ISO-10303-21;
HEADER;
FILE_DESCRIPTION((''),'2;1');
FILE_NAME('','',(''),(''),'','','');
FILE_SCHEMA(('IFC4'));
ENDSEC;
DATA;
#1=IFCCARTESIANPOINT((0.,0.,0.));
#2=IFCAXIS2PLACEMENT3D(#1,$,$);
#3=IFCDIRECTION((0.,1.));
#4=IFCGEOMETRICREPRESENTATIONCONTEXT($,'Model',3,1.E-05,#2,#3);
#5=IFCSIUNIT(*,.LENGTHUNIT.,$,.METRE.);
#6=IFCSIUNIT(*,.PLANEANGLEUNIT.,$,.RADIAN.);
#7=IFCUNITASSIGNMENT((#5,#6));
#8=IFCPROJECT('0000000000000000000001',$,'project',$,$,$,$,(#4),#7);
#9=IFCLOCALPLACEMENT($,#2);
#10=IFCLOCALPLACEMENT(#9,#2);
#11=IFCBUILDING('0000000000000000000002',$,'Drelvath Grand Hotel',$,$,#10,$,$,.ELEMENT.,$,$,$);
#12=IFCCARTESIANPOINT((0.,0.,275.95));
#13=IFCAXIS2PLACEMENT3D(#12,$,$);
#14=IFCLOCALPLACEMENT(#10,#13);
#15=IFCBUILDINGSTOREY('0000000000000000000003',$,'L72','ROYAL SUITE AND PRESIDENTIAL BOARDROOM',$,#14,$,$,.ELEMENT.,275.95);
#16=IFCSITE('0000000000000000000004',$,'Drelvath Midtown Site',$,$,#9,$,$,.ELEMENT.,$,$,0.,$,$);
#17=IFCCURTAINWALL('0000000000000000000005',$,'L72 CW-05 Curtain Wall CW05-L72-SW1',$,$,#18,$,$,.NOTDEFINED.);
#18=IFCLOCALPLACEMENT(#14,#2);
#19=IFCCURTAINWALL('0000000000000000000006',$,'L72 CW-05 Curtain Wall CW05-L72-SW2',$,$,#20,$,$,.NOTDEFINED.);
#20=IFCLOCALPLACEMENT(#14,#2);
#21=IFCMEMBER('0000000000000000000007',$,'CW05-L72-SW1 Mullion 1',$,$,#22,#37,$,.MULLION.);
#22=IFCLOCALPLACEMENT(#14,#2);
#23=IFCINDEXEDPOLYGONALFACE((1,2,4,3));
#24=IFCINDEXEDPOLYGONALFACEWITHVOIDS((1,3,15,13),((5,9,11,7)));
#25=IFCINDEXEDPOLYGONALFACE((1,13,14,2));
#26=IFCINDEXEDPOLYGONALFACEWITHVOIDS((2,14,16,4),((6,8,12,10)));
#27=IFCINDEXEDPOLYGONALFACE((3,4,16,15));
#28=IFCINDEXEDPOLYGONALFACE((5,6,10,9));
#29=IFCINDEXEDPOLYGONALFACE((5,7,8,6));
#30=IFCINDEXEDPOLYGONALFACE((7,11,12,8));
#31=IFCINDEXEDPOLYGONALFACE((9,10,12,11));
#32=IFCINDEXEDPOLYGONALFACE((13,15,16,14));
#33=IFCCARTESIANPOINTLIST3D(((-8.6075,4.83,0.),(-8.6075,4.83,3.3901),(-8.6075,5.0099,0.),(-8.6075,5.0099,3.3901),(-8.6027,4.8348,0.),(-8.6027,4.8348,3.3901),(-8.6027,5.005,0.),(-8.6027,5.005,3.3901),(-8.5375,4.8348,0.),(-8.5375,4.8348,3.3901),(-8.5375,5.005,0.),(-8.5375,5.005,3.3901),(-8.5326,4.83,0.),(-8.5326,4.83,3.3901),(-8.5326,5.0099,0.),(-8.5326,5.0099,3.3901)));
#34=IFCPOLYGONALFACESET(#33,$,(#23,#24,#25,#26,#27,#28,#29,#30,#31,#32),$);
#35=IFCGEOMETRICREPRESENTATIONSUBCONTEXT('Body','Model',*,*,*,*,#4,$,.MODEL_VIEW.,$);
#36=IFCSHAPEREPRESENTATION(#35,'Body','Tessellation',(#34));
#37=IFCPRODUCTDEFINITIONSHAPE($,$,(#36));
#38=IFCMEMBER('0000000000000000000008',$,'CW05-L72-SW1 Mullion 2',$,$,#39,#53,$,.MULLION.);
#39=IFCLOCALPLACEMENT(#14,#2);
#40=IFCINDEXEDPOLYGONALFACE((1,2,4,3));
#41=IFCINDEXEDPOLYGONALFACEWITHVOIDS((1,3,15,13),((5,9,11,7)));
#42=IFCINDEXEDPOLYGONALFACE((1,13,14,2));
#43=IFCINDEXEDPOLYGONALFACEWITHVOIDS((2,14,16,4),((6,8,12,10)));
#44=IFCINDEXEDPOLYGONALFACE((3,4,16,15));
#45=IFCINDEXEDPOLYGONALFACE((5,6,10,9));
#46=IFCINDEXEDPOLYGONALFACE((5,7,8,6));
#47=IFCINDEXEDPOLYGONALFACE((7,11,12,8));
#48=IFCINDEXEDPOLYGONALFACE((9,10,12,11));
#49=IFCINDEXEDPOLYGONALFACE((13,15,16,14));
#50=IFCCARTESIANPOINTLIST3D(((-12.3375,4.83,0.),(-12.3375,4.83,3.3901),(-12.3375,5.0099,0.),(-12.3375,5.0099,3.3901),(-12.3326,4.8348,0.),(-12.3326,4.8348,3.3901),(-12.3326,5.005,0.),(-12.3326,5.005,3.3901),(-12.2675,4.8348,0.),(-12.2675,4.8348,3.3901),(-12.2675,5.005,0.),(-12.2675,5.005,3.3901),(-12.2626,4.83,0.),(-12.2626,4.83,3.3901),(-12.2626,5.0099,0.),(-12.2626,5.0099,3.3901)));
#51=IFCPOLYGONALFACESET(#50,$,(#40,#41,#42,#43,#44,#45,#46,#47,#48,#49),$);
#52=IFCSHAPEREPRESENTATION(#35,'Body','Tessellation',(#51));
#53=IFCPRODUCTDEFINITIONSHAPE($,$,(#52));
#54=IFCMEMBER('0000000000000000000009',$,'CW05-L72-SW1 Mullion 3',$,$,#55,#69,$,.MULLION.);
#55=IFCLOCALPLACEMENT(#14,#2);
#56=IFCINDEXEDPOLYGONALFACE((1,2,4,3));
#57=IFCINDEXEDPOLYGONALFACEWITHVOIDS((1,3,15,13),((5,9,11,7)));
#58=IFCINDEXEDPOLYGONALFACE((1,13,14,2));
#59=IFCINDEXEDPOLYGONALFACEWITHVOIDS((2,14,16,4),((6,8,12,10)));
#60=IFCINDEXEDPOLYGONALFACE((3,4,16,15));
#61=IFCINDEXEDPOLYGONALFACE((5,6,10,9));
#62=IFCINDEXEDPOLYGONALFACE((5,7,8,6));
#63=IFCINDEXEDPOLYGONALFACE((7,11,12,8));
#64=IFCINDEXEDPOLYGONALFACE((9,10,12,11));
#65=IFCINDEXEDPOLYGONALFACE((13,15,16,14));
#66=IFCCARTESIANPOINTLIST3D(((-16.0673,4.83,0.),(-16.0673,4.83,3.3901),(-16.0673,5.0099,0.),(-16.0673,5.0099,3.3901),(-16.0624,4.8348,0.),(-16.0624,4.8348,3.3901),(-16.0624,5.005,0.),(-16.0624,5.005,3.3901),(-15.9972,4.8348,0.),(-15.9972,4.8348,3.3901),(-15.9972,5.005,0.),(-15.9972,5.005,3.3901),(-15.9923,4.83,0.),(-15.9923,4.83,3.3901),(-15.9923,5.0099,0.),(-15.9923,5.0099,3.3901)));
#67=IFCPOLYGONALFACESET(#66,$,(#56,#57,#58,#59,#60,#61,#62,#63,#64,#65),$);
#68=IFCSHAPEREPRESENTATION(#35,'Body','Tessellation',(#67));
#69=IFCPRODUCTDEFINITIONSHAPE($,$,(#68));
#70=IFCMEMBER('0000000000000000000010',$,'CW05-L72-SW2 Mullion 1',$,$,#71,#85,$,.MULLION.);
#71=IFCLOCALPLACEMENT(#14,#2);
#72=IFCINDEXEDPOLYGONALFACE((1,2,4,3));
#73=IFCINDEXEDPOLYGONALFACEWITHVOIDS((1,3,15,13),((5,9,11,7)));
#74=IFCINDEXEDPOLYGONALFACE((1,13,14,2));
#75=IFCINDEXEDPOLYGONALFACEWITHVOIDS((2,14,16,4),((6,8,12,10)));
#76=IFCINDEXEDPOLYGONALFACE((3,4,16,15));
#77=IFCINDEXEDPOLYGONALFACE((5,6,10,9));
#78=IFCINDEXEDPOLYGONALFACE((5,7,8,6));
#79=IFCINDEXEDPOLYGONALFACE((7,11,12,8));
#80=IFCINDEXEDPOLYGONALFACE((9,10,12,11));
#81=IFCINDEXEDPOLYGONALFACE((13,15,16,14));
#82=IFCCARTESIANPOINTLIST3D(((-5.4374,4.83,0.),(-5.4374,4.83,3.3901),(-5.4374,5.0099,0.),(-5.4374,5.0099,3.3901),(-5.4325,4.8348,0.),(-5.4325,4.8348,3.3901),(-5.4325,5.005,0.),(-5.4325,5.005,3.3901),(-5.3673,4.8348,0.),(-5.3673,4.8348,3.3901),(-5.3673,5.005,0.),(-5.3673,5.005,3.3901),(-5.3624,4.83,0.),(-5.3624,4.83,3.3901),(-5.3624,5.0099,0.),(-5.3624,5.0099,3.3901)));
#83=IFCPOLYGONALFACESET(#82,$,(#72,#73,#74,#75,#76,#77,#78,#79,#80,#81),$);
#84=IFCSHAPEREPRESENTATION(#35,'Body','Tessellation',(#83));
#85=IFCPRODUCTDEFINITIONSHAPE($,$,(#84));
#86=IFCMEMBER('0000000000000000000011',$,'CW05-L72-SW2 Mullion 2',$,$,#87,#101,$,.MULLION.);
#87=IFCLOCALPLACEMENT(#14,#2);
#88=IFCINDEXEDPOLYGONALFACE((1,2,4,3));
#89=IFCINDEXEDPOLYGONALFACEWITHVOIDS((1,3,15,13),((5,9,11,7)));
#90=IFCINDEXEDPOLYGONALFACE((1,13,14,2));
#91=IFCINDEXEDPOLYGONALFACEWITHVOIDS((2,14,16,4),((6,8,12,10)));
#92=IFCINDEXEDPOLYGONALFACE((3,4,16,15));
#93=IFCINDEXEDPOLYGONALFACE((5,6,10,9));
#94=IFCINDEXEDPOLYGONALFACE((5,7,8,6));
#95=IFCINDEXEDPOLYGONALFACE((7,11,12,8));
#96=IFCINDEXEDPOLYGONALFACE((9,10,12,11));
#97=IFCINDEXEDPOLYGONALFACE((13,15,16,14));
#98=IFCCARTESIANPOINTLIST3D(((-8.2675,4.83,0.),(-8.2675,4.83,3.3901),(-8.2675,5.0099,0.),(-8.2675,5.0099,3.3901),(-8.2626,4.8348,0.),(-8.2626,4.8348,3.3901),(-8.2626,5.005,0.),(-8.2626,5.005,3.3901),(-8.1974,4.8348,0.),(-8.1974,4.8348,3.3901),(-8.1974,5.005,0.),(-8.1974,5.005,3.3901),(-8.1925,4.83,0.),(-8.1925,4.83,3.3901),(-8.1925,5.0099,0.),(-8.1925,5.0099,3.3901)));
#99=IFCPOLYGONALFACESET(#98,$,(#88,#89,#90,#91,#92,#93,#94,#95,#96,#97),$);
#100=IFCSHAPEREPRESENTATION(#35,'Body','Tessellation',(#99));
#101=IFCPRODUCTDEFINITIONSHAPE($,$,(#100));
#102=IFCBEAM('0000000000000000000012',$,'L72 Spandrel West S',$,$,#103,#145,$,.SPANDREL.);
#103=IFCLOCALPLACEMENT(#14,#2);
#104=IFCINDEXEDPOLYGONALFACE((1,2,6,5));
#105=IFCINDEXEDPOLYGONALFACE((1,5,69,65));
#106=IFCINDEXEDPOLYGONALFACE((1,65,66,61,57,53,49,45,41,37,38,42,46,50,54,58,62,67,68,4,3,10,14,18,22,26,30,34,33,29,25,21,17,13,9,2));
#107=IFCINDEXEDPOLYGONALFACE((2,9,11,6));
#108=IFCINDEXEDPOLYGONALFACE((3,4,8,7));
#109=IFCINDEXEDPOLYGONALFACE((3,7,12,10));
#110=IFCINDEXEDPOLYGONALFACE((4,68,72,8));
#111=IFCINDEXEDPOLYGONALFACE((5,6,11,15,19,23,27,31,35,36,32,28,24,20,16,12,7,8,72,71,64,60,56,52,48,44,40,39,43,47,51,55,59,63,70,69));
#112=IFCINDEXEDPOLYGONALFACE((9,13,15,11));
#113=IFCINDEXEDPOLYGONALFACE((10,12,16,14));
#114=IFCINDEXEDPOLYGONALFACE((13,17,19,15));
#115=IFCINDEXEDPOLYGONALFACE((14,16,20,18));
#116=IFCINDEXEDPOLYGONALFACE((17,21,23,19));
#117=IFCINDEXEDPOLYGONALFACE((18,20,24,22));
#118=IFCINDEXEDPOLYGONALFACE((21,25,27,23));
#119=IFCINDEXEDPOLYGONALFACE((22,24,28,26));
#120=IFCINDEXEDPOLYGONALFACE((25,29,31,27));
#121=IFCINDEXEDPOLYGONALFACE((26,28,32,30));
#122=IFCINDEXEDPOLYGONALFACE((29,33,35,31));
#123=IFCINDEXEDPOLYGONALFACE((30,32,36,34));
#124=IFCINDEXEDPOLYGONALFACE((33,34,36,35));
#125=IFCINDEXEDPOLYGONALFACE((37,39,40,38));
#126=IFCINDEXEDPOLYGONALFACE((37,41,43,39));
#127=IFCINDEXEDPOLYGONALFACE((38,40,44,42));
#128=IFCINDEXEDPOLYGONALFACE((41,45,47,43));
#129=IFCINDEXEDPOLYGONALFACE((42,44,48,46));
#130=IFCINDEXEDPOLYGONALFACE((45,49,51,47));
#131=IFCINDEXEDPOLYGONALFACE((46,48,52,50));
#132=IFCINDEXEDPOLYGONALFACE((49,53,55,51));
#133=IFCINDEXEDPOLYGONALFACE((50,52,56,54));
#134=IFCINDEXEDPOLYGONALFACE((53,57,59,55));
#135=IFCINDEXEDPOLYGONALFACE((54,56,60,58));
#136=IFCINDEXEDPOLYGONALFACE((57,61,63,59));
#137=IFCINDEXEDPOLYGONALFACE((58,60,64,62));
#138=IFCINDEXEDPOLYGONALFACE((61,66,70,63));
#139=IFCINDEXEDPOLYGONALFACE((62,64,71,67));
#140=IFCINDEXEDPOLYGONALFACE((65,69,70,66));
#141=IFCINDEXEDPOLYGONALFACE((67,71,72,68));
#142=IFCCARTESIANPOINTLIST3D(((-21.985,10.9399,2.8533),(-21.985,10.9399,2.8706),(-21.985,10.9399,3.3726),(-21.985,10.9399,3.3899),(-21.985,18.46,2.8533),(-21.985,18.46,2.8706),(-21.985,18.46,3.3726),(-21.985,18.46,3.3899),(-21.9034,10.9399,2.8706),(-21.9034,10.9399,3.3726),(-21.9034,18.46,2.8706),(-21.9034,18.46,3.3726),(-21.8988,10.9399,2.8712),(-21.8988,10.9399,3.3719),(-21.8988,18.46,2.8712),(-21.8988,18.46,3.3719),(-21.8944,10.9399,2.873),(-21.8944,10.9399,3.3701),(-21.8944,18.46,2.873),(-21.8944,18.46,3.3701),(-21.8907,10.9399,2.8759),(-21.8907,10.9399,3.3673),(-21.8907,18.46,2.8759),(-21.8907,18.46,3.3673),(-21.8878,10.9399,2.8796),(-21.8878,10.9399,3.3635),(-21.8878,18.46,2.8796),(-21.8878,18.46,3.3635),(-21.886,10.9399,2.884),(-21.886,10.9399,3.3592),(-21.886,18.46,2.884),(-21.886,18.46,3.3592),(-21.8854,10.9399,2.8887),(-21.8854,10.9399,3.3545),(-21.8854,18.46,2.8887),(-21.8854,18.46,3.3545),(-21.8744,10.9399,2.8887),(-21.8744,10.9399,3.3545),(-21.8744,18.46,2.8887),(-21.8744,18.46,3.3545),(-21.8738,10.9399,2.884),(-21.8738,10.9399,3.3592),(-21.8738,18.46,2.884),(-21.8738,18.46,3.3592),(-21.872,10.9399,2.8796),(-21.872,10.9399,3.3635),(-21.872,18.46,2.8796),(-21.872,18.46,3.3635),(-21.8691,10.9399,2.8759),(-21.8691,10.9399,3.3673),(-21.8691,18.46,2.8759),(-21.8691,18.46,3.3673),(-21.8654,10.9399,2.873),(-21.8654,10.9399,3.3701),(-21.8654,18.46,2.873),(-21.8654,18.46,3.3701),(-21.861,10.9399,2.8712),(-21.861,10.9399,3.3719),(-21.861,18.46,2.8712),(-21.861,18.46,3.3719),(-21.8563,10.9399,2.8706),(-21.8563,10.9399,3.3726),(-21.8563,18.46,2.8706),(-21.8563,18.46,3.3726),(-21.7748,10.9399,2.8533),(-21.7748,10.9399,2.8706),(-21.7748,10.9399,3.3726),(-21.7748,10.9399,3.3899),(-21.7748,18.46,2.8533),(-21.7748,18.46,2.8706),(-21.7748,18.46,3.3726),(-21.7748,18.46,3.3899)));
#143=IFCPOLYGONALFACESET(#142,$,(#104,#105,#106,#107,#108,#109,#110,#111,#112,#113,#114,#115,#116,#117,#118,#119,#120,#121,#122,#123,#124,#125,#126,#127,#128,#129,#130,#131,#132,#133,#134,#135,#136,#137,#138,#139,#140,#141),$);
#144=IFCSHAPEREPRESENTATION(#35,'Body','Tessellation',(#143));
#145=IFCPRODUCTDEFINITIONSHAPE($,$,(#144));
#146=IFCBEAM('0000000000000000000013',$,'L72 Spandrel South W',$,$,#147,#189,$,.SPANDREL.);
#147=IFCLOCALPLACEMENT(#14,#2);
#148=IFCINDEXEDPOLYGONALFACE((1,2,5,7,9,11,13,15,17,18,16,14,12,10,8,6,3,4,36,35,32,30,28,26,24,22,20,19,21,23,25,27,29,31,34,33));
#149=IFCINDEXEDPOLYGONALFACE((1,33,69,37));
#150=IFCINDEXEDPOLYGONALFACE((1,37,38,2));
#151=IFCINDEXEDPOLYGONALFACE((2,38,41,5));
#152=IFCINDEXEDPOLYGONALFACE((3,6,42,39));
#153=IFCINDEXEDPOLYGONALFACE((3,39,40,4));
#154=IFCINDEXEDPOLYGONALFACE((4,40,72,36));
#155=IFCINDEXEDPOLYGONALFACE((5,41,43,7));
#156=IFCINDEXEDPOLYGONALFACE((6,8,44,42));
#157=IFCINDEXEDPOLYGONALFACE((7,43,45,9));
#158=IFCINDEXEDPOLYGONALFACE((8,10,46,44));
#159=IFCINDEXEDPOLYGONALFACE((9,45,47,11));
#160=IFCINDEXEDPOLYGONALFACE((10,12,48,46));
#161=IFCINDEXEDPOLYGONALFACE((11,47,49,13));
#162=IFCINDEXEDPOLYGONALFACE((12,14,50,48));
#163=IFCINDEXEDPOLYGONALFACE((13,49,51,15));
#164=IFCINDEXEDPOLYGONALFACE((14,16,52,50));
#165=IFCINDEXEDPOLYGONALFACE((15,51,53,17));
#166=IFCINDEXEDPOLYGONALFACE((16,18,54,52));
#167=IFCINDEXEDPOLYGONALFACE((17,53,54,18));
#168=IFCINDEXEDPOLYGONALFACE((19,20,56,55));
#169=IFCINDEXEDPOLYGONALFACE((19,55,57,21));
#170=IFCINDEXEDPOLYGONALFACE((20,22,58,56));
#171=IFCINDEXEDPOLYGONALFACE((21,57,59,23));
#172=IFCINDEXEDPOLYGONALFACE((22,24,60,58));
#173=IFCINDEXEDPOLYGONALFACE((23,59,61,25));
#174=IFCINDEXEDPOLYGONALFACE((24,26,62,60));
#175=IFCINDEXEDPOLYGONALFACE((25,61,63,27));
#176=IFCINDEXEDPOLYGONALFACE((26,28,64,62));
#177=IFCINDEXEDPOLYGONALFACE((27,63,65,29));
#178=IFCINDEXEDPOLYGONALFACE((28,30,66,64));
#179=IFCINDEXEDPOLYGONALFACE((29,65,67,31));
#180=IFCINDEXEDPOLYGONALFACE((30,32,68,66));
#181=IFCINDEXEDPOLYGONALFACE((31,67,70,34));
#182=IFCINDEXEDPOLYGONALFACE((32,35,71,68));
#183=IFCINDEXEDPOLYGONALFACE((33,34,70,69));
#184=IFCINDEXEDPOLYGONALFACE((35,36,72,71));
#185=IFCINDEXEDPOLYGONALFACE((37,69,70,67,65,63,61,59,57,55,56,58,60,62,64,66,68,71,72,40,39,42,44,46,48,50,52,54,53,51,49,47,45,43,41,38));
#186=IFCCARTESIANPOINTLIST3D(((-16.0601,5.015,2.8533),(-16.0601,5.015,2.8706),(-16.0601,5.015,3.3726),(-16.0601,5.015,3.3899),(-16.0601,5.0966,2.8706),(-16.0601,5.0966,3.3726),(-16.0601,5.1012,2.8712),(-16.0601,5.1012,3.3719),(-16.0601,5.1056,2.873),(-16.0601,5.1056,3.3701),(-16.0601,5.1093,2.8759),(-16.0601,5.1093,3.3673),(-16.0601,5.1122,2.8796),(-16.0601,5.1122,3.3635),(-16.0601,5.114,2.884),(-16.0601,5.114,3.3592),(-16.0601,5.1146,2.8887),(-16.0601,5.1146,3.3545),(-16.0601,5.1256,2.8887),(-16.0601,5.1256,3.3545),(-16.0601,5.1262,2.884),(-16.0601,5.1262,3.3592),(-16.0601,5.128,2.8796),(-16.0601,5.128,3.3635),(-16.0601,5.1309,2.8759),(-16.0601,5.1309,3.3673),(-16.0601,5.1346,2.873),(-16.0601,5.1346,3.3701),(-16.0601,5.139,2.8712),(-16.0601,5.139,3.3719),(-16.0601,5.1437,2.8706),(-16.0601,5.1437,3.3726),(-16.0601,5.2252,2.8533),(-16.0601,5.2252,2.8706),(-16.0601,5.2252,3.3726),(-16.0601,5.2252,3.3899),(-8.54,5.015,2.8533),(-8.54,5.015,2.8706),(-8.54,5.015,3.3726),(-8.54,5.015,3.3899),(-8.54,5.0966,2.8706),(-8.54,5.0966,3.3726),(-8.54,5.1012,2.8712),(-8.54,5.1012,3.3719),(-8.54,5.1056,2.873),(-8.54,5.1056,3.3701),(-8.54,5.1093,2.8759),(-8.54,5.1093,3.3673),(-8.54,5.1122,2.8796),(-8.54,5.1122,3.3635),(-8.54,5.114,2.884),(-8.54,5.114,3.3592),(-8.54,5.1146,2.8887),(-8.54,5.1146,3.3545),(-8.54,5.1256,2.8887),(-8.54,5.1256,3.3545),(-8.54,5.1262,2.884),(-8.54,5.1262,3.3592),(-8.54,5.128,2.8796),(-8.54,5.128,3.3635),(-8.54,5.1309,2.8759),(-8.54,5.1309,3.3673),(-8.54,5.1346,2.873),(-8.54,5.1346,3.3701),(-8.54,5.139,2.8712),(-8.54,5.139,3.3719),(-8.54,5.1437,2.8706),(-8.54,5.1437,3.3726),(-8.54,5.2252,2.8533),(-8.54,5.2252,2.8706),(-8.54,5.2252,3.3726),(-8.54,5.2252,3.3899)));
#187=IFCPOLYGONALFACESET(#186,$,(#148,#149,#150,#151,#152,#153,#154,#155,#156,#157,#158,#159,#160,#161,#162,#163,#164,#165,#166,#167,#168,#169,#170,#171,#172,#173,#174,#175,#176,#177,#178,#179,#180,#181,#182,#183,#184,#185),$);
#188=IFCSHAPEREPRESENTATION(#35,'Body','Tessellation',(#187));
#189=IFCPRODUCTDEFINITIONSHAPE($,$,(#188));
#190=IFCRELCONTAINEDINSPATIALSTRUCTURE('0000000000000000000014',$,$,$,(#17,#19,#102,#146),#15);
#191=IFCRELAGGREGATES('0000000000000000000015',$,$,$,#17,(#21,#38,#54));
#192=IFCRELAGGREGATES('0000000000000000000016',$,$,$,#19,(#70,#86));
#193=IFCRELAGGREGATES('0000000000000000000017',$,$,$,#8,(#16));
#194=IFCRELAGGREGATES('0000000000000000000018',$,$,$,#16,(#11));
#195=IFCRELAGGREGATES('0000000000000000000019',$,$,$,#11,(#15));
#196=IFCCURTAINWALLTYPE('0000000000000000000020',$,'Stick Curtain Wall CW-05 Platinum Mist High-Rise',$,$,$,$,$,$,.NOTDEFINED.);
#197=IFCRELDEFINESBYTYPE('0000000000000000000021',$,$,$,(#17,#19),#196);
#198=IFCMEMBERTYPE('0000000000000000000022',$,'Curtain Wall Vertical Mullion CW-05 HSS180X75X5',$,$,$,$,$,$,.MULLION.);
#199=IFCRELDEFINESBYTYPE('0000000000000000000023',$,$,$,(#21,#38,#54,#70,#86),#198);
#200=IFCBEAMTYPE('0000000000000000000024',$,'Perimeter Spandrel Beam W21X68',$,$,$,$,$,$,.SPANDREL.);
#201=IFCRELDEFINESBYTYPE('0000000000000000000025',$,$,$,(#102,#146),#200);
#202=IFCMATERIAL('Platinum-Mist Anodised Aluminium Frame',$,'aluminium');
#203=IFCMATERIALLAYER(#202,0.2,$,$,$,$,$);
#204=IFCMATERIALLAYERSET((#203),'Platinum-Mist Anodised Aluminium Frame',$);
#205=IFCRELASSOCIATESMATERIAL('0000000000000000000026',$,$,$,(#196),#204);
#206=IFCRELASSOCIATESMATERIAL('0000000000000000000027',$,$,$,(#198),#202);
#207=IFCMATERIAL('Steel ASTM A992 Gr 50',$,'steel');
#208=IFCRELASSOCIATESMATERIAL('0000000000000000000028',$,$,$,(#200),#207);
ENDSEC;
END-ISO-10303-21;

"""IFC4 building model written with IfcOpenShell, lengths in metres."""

from ifc_helpers import new_model, si_unit, direction, frame, origin, origin_2d, place, context, subcontext, project, spatial, hollow_rectangle, i_section, extrude, material, layer, layer_set, material_profile, profile_set, type_object, element, aggregate, save


model = new_model("IFC4")

# Units and contexts
model_context = context("Model", 3, precision=1e-05, world=origin(), true_north=direction((0.0, 1.0)))
body_context = subcontext(model_context, "Body", "Model", "MODEL_VIEW")
ifc_project = project(units=[si_unit("LENGTHUNIT", "METRE"), si_unit("PLANEANGLEUNIT", "RADIAN")], contexts=[model_context])

# Site, building, storey
site_placement = place(None, origin())
site = spatial("IfcSite", under=ifc_project, at=site_placement, Name="Drelvath Midtown Site", CompositionType="ELEMENT", RefElevation=0.0)
building_placement = place(site_placement, origin())
building = spatial("IfcBuilding", under=site, at=building_placement, Name="Drelvath Grand Hotel", CompositionType="ELEMENT")
storey_placement = place(building_placement, frame((0.0, 0.0, 275.95)))
storey = spatial("IfcBuildingStorey", under=building, at=storey_placement, Name="L72", Description="ROYAL SUITE AND PRESIDENTIAL BOARDROOM", CompositionType="ELEMENT", Elevation=275.95)

# Shared definitions
ifc_material_1 = material(Name="Steel ASTM A992 Gr 50", Category="steel")

# Curtain walls
ifc_material_2 = material(Name="Platinum-Mist Anodised Aluminium Frame", Category="aluminium")
ifc_layer_1 = layer(ifc_material_2, 0.2)
ifc_layer_set_1 = layer_set([ifc_layer_1], Name="Platinum-Mist Anodised Aluminium Frame")
curtain_wall_type = type_object("IfcCurtainWallType", Name="Stick Curtain Wall CW-05 Platinum Mist High-Rise", PredefinedType="NOTDEFINED", material=ifc_layer_set_1)
curtain_wall_1_placement = place(storey_placement, origin())
curtain_wall_1 = element("IfcCurtainWall", 1, at=curtain_wall_1_placement, inside=storey, type_object=curtain_wall_type, Name="L72 CW-05 Curtain Wall CW05-L72-SW1", PredefinedType="NOTDEFINED")
curtain_wall_2_placement = place(storey_placement, origin())
curtain_wall_2 = element("IfcCurtainWall", 2, at=curtain_wall_2_placement, inside=storey, type_object=curtain_wall_type, Name="L72 CW-05 Curtain Wall CW05-L72-SW2", PredefinedType="NOTDEFINED")

# Members
ifc_material_profile_1 = material_profile(ifc_material_2, hollow_rectangle(XDim=0.075, YDim=0.1799, WallThickness=0.0049, at=origin_2d()), Name="HSS180X75X5")
ifc_profile_set_1 = profile_set([ifc_material_profile_1], Name="Platinum-Mist Anodised Aluminium Frame")
member_type_1 = type_object("IfcMemberType", Name="Curtain Wall Vertical Mullion CW-05 HSS180X75X5", PredefinedType="MULLION", material=ifc_profile_set_1)
member_1_placement = place(storey_placement, frame((-8.5701, 4.9199, 0.0), z_axis=(0.0, 0.0, 1.0), x_axis=(1.0, 0.0, 0.0)))
member_1 = element("IfcMember", 3, at=member_1_placement, type_object=member_type_1, Name="CW05-L72-SW1 Mullion 1", PredefinedType="MULLION", context=body_context, shape_type="SweptSolid", body=[
    extrude(hollow_rectangle(XDim=0.075, YDim=0.1799, WallThickness=0.0049, at=origin_2d()), origin(), (0.0, 0.0, 1.0), 3.3901),
])
member_2_placement = place(storey_placement, frame((-12.3, 4.9199, 0.0), z_axis=(0.0, 0.0, 1.0), x_axis=(1.0, 0.0, 0.0)))
member_2 = element("IfcMember", 4, at=member_2_placement, type_object=member_type_1, Name="CW05-L72-SW1 Mullion 2", PredefinedType="MULLION", context=body_context, shape_type="SweptSolid", body=[
    extrude(hollow_rectangle(XDim=0.075, YDim=0.1799, WallThickness=0.0049, at=origin_2d()), origin(), (0.0, 0.0, 1.0), 3.3901),
])
member_3_placement = place(storey_placement, frame((-16.0298, 4.9199, 0.0), z_axis=(0.0, 0.0, 1.0), x_axis=(1.0, 0.0, 0.0)))
member_3 = element("IfcMember", 5, at=member_3_placement, type_object=member_type_1, Name="CW05-L72-SW1 Mullion 3", PredefinedType="MULLION", context=body_context, shape_type="SweptSolid", body=[
    extrude(hollow_rectangle(XDim=0.075, YDim=0.1799, WallThickness=0.0049, at=origin_2d()), origin(), (0.0, 0.0, 1.0), 3.3901),
])
member_4_placement = place(storey_placement, frame((-5.3999, 4.9199, 0.0), z_axis=(0.0, 0.0, 1.0), x_axis=(1.0, 0.0, 0.0)))
member_4 = element("IfcMember", 6, at=member_4_placement, type_object=member_type_1, Name="CW05-L72-SW2 Mullion 1", PredefinedType="MULLION", context=body_context, shape_type="SweptSolid", body=[
    extrude(hollow_rectangle(XDim=0.075, YDim=0.1799, WallThickness=0.0049, at=origin_2d()), origin(), (0.0, 0.0, 1.0), 3.3901),
])
member_5_placement = place(storey_placement, frame((-8.23, 4.9199, 0.0), z_axis=(0.0, 0.0, 1.0), x_axis=(1.0, 0.0, 0.0)))
member_5 = element("IfcMember", 7, at=member_5_placement, type_object=member_type_1, Name="CW05-L72-SW2 Mullion 2", PredefinedType="MULLION", context=body_context, shape_type="SweptSolid", body=[
    extrude(hollow_rectangle(XDim=0.075, YDim=0.1799, WallThickness=0.0049, at=origin_2d()), origin(), (0.0, 0.0, 1.0), 3.3901),
])

# Beams
ifc_material_profile_2 = material_profile(ifc_material_1, i_section(OverallWidth=0.2102, OverallDepth=0.5366, WebThickness=0.011, FlangeThickness=0.0173, FilletRadius=0.0181, at=origin_2d()), Name="W21X68")
ifc_profile_set_2 = profile_set([ifc_material_profile_2], Name="Steel ASTM A992 Gr 50")
beam_type_1 = type_object("IfcBeamType", Name="Perimeter Spandrel Beam W21X68", PredefinedType="SPANDREL", material=ifc_profile_set_2)
for number, where, z_axis, x_axis, name in (
    (8, (-21.8799, 10.9399, 3.1216), (0.0, 1.0, 0.0), (-1.0, 0.0, 0.0), "L72 Spandrel West S"),
    (9, (-16.0601, 5.1201, 3.1216), (1.0, 0.0, 0.0), (0.0, 1.0, 0.0), "L72 Spandrel South W"),
):
    element("IfcBeam", number, at=place(storey_placement, frame(where, z_axis=z_axis, x_axis=x_axis)), inside=storey, type_object=beam_type_1, Name=name, PredefinedType="SPANDREL", context=body_context, shape_type="SweptSolid", body=[
        extrude(i_section(OverallWidth=0.2102, OverallDepth=0.5366, WebThickness=0.011, FlangeThickness=0.0173, FilletRadius=0.0181, at=origin_2d()), origin(), (0.0, 0.0, 1.0), 7.52),
    ])

aggregate(curtain_wall_1, [member_1, member_2, member_3])
aggregate(curtain_wall_2, [member_4, member_5])

save(model, "model.ifc")
